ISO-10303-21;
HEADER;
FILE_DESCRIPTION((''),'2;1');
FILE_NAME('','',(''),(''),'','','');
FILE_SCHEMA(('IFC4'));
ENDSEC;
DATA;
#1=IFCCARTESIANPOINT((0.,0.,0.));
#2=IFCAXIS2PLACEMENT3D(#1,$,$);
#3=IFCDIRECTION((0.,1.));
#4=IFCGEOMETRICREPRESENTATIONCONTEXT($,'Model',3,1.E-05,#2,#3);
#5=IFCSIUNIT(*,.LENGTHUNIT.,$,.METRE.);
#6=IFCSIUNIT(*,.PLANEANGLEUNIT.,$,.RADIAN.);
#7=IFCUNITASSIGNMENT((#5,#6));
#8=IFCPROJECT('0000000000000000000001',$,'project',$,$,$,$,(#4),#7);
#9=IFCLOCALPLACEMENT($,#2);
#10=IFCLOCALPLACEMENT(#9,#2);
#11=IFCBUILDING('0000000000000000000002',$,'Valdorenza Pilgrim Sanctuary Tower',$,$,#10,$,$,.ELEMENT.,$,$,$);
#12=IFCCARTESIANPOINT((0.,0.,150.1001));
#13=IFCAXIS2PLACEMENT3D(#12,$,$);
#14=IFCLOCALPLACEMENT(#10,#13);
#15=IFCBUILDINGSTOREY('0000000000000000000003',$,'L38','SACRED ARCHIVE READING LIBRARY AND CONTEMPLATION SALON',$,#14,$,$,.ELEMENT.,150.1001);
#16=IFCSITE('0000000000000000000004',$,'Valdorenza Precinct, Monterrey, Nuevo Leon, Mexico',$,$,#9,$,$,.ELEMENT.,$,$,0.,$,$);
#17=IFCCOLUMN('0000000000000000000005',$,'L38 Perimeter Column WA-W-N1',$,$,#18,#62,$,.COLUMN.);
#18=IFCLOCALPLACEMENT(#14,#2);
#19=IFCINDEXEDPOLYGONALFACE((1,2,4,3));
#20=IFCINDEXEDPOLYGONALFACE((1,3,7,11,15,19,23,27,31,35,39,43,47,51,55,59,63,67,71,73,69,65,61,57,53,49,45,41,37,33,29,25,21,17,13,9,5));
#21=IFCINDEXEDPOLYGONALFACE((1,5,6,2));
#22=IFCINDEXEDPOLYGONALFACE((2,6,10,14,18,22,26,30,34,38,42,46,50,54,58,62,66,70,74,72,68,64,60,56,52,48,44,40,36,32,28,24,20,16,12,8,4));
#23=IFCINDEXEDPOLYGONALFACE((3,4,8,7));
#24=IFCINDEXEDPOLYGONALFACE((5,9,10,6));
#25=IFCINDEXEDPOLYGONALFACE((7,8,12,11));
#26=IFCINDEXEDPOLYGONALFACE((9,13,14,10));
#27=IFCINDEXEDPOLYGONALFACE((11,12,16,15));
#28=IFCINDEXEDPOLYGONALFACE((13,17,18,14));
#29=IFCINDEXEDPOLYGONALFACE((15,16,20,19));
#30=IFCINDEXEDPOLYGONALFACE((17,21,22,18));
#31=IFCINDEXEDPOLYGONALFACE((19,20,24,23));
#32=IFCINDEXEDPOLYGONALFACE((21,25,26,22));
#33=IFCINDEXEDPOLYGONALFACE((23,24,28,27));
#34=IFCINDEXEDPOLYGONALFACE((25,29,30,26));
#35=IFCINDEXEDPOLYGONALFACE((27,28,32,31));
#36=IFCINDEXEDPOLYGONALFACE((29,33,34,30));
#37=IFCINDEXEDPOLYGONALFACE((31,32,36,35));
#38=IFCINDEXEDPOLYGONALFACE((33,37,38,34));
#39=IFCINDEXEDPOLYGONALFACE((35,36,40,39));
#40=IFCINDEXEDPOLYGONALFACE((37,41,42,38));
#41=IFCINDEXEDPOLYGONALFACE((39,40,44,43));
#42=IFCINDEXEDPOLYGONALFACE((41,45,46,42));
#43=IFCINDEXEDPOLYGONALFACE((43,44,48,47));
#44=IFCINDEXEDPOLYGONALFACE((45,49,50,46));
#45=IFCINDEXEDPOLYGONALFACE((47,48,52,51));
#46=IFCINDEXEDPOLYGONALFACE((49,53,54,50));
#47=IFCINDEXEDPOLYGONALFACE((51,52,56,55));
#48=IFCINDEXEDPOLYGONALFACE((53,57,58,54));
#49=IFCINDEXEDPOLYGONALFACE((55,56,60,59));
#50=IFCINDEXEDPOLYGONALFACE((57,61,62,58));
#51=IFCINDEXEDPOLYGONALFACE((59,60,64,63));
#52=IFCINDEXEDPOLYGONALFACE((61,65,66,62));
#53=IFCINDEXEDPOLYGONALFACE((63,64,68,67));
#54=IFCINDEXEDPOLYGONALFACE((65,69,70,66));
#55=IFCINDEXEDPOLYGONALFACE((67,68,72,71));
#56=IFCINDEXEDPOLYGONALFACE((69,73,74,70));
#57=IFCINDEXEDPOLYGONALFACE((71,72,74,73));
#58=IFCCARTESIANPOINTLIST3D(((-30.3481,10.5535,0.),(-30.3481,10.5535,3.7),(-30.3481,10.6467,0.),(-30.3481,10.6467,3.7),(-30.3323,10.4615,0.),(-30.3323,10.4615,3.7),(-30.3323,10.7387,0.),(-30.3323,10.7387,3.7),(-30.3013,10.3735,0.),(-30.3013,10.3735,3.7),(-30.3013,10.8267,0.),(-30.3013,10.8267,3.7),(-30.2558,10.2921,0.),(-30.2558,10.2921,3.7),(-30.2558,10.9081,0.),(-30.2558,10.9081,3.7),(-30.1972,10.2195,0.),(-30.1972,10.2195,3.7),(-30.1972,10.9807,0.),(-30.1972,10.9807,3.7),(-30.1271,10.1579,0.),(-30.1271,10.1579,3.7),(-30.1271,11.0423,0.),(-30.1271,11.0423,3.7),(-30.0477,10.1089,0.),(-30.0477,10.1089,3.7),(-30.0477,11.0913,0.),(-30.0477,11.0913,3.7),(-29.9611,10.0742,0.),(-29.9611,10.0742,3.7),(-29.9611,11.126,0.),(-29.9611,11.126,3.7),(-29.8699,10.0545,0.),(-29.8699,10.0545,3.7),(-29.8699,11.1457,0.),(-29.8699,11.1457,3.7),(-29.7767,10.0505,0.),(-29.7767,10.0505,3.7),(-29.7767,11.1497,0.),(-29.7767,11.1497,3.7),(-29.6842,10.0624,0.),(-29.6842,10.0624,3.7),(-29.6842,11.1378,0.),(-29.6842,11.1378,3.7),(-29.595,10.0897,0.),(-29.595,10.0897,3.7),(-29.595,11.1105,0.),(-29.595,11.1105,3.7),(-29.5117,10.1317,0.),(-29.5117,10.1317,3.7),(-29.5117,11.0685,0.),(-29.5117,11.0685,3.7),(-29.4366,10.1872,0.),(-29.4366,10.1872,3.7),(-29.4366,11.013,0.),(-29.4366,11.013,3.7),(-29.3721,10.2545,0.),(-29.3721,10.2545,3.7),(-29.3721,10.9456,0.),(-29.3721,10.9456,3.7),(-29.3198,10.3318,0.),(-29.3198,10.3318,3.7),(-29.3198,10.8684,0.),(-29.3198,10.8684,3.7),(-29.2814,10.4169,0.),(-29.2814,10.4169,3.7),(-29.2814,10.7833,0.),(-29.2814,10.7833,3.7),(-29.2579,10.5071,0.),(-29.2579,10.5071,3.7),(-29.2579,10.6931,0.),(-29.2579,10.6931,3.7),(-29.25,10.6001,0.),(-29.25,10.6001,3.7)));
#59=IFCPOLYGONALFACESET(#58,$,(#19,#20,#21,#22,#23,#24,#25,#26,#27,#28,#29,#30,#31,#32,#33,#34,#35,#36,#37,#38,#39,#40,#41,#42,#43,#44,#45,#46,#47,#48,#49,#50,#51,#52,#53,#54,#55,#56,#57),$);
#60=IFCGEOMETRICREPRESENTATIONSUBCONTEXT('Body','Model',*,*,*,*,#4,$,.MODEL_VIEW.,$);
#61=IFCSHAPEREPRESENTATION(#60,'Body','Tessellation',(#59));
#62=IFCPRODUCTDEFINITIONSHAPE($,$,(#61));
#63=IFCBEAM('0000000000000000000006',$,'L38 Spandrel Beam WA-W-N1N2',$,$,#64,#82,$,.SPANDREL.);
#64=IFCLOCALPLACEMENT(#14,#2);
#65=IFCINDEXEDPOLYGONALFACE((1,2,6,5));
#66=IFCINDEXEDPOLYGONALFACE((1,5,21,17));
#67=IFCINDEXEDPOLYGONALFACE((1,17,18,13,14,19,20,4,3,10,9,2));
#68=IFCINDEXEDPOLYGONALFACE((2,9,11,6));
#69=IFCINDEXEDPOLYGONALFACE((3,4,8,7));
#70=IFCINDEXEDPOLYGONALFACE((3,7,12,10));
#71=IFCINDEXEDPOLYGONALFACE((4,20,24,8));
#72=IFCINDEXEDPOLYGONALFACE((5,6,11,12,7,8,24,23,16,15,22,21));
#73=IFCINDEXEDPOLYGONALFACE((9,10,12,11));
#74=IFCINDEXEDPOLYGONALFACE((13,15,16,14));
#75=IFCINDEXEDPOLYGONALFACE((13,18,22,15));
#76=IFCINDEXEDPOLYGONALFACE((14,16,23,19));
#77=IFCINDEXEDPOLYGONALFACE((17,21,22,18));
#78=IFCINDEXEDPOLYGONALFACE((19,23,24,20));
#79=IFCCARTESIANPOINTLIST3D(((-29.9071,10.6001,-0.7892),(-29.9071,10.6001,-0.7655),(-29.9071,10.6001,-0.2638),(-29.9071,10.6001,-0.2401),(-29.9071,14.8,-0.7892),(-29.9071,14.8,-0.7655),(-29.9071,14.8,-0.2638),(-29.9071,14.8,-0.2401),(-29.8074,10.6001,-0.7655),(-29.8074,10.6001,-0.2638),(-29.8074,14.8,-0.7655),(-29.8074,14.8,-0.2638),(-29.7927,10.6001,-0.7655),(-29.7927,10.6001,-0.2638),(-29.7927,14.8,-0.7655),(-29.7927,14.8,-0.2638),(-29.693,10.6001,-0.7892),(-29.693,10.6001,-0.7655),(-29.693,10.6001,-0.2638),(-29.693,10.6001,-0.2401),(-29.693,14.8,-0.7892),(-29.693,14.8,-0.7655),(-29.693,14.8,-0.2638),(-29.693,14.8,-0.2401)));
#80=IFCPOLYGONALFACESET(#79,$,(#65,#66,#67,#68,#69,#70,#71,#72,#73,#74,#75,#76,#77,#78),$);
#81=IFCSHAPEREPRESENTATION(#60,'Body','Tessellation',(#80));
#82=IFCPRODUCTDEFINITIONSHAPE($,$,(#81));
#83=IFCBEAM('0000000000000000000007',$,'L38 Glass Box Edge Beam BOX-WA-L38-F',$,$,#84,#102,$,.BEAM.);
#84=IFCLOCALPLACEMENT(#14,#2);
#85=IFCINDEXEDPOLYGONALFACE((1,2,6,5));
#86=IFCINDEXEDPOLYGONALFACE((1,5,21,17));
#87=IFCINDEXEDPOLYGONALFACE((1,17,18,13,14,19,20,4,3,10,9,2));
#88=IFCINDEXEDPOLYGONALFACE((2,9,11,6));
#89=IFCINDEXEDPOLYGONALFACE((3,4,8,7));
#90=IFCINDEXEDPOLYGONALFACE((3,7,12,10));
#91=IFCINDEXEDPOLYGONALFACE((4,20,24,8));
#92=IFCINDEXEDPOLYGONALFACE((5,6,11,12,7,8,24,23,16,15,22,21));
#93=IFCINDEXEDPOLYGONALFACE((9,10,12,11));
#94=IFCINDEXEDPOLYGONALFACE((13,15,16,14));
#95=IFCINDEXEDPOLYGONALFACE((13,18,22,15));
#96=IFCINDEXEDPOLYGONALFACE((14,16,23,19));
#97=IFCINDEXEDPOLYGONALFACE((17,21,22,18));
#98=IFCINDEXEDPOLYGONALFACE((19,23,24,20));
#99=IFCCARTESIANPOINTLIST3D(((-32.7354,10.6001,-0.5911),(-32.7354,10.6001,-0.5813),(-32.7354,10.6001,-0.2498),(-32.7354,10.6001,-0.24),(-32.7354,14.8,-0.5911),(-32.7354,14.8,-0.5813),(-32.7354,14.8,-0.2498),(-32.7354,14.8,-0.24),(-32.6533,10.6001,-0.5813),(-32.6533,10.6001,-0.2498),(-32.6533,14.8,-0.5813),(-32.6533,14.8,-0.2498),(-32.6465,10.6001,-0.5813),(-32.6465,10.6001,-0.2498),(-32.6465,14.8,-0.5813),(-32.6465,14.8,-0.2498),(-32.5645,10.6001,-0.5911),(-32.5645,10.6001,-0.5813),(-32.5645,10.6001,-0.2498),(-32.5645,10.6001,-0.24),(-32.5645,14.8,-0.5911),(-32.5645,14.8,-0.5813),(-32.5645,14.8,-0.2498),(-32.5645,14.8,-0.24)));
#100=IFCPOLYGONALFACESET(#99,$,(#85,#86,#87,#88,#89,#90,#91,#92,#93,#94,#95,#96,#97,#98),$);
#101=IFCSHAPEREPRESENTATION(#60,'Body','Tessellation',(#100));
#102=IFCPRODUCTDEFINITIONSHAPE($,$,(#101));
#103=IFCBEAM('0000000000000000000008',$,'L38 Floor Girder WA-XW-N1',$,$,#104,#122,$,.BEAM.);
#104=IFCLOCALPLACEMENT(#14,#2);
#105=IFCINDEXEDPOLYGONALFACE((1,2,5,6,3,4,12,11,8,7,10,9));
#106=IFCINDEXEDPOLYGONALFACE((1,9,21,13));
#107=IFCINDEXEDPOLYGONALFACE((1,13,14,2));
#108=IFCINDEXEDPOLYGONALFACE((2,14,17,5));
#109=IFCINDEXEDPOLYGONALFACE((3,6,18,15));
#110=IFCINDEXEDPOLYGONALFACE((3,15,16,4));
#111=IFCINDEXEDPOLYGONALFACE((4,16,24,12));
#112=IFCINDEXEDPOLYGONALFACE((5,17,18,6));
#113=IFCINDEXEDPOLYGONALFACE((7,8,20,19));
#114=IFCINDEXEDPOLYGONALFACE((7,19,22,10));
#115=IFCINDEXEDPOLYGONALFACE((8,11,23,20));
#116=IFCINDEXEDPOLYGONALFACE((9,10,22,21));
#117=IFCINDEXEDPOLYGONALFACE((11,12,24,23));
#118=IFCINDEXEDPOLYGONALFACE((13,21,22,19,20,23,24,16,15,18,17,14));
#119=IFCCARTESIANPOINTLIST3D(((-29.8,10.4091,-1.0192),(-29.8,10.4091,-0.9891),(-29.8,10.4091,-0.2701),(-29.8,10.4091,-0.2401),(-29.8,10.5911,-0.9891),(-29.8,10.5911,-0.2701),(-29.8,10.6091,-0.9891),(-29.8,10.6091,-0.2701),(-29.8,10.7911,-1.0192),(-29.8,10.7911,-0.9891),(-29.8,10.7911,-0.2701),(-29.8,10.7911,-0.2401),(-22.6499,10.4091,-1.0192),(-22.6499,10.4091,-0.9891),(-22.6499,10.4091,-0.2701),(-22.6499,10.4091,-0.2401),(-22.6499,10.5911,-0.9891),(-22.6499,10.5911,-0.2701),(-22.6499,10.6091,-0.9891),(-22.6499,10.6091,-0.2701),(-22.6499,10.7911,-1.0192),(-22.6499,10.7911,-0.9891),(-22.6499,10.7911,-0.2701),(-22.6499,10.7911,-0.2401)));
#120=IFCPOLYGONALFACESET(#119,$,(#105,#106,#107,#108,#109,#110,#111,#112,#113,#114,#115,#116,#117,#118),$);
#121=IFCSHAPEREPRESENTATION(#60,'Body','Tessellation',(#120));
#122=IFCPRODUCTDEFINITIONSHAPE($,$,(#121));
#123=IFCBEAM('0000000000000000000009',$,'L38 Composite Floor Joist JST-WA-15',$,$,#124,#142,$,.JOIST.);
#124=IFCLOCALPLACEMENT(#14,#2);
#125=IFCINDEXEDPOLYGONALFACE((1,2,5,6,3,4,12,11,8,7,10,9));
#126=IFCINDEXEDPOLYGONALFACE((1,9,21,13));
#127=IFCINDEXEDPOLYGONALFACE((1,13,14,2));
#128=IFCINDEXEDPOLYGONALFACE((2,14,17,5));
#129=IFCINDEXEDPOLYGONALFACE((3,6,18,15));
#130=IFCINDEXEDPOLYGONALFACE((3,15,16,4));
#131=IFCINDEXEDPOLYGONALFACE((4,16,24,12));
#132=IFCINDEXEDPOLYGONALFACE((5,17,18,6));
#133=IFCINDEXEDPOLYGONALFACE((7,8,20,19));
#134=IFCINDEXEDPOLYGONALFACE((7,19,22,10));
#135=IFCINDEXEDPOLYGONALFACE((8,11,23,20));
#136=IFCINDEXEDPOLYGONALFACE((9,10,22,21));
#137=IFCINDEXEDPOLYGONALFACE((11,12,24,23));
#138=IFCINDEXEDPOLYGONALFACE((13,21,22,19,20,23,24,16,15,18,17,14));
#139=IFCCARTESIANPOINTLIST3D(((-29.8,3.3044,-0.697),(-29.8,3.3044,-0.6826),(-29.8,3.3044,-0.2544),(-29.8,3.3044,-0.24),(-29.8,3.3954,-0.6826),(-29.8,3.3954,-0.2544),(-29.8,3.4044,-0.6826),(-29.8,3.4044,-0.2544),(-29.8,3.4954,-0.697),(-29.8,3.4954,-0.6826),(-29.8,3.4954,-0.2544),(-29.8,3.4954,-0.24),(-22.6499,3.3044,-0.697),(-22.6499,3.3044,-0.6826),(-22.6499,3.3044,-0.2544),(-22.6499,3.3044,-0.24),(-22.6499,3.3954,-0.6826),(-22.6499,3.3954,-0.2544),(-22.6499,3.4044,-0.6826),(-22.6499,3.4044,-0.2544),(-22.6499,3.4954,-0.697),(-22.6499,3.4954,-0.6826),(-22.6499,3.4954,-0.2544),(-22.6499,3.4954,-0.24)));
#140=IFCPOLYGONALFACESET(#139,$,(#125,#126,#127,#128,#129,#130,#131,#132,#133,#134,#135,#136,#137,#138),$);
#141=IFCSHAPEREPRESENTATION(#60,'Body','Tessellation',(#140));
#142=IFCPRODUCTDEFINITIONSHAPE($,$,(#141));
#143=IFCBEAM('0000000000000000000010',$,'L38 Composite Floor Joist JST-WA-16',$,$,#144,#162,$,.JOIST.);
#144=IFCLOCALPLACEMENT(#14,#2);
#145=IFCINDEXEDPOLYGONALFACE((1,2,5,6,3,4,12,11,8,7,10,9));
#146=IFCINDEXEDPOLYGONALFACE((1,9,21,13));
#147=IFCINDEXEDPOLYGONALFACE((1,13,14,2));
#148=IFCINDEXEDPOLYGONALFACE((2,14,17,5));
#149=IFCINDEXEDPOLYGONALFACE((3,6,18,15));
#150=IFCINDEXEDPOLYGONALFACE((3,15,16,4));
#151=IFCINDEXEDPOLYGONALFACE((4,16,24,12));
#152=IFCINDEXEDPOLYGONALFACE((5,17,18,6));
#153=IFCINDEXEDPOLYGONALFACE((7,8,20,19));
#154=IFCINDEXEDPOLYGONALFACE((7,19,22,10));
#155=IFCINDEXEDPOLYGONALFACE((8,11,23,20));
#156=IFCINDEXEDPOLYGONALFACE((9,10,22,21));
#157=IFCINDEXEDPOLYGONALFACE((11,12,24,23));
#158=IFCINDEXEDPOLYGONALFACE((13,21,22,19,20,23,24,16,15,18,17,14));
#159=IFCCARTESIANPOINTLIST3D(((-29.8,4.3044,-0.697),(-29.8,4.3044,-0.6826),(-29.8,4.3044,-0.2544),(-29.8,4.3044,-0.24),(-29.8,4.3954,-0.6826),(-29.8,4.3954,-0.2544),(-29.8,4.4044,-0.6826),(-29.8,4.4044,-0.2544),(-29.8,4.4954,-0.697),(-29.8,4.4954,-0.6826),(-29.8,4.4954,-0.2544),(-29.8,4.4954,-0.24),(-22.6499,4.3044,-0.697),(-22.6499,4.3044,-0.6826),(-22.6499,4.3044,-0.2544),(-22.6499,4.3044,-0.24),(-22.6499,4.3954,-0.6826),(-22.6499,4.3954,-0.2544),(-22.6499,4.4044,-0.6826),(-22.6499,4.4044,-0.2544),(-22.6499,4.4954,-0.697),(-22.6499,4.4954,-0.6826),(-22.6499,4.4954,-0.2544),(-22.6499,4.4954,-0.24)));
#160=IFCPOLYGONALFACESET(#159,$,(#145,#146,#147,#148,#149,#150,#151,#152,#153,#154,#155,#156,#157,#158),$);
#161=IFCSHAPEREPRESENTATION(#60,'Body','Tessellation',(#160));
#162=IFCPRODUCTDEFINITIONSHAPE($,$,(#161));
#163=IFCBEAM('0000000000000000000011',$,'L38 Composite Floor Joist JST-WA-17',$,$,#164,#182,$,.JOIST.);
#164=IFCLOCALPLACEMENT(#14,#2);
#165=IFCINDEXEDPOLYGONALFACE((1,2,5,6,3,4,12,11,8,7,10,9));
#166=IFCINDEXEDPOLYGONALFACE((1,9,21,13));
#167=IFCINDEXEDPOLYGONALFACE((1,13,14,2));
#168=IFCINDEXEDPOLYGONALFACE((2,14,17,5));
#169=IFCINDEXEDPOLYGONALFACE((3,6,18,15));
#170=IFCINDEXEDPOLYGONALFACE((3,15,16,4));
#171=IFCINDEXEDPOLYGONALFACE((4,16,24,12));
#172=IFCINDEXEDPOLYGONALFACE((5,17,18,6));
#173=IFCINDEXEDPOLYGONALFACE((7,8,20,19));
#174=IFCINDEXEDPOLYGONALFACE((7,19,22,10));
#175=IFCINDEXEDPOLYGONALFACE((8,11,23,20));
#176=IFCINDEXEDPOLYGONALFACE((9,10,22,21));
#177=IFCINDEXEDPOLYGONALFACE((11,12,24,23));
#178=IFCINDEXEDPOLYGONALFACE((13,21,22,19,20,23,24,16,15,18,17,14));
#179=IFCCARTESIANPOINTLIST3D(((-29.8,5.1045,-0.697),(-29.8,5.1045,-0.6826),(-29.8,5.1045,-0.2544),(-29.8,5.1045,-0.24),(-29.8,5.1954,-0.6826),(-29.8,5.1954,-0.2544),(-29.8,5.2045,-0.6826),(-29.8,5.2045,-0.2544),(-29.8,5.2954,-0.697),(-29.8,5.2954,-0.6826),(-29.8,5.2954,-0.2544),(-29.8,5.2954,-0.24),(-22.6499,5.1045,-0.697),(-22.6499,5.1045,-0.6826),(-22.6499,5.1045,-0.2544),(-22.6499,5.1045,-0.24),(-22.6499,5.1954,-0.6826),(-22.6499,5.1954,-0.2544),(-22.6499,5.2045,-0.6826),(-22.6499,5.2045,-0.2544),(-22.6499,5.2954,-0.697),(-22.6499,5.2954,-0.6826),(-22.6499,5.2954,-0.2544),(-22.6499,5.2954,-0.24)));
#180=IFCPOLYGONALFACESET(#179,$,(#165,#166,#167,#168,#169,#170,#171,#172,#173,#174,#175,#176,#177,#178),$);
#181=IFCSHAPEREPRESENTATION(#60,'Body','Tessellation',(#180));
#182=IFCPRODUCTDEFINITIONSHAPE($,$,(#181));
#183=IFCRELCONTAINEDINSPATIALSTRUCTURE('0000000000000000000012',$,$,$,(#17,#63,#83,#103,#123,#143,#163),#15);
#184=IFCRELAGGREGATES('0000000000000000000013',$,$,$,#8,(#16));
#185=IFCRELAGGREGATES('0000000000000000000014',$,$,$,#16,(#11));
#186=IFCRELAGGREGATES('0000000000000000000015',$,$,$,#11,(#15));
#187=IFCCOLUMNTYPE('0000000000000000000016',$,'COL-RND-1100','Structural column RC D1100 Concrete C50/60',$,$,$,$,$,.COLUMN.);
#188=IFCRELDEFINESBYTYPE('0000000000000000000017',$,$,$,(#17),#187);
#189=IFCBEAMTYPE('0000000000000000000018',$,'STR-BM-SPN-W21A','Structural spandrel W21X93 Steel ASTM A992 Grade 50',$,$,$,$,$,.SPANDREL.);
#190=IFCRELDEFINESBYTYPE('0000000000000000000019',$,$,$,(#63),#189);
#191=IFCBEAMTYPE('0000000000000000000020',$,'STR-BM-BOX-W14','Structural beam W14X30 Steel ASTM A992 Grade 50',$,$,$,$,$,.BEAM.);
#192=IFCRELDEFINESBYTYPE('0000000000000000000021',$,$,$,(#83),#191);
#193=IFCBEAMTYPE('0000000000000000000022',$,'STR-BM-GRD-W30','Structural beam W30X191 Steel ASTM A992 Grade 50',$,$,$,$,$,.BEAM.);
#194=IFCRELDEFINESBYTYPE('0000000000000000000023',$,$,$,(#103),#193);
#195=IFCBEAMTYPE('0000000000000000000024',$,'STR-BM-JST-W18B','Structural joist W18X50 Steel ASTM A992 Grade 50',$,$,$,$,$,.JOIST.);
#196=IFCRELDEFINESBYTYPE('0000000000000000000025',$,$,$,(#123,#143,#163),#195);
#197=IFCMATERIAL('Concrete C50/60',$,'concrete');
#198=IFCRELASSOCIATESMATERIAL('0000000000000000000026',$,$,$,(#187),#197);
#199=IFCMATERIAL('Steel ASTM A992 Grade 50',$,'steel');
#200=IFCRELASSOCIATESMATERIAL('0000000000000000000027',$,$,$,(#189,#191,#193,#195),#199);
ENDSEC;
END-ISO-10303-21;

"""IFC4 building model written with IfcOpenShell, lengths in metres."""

from ifc_helpers import new_model, si_unit, direction, frame, origin, origin_2d, place, context, subcontext, project, spatial, circle, i_section, extrude, source, transform, mapped, material, material_profile, profile_set, type_object, element, save


model = new_model("IFC4")

# Units and contexts
model_context = context("Model", 3, precision=1e-05, world=origin(), true_north=direction((0.0, 1.0)))
body_context = subcontext(model_context, "Body", "Model", "MODEL_VIEW")
ifc_project = project(units=[si_unit("LENGTHUNIT", "METRE"), si_unit("PLANEANGLEUNIT", "RADIAN")], contexts=[model_context])

# Site, building, storey
site_placement = place(None, origin())
site = spatial("IfcSite", under=ifc_project, at=site_placement, Name="Valdorenza Precinct, Monterrey, Nuevo Leon, Mexico", CompositionType="ELEMENT", RefElevation=0.0)
building_placement = place(site_placement, origin())
building = spatial("IfcBuilding", under=site, at=building_placement, Name="Valdorenza Pilgrim Sanctuary Tower", CompositionType="ELEMENT")
storey_placement = place(building_placement, frame((0.0, 0.0, 150.1001)))
storey = spatial("IfcBuildingStorey", under=building, at=storey_placement, Name="L38", Description="SACRED ARCHIVE READING LIBRARY AND CONTEMPLATION SALON", CompositionType="ELEMENT", Elevation=150.1001)

# Column
ifc_material_1 = material(Name="Concrete C50/60", Category="concrete")
ifc_material_profile_1 = material_profile(ifc_material_1, circle(Radius=0.55, at=origin_2d()), Name="RC D1100")
ifc_profile_set_1 = profile_set([ifc_material_profile_1], Name="Concrete C50/60")
column_type = type_object("IfcColumnType", Name="COL-RND-1100", Description="Structural column RC D1100 Concrete C50/60", PredefinedType="COLUMN", material=ifc_profile_set_1)
shared_shape_1 = source(origin(), body_context, "Body", "SweptSolid", [
    extrude(circle(Radius=0.55, at=origin_2d()), origin(), (0.0, 0.0, 1.0), 3.7),
])
column_placement = place(storey_placement, frame((-29.8, 10.6001, 0.0), z_axis=(0.0, 0.0, 1.0), x_axis=(1.0, 0.0, 0.0)))
element("IfcColumn", 1, at=column_placement, inside=storey, type_object=column_type, Name="L38 Perimeter Column WA-W-N1", PredefinedType="COLUMN", context=body_context, shape_type="MappedRepresentation", body=[
    mapped(shared_shape_1, transform((0.0, 0.0, 0.0), x_axis=(1.0, 0.0, 0.0), y_axis=(0.0, 1.0, 0.0), z_axis=(0.0, 0.0, 1.0), scale=1.0)),
])

# Beams
ifc_material_2 = material(Name="Steel ASTM A992 Grade 50", Category="steel")
ifc_material_profile_2 = material_profile(ifc_material_2, i_section(OverallWidth=0.2141, OverallDepth=0.5491, WebThickness=0.0146, FlangeThickness=0.0237, at=origin_2d()), Name="W21X93")
ifc_profile_set_2 = profile_set([ifc_material_profile_2], Name="Steel ASTM A992 Grade 50")
beam_type_1 = type_object("IfcBeamType", Name="STR-BM-SPN-W21A", Description="Structural spandrel W21X93 Steel ASTM A992 Grade 50", PredefinedType="SPANDREL", material=ifc_profile_set_2)
shared_shape_2 = source(origin(), body_context, "Body", "SweptSolid", [
    extrude(i_section(OverallWidth=0.2141, OverallDepth=0.5491, WebThickness=0.0146, FlangeThickness=0.0237, at=origin_2d()), origin(), (0.0, 0.0, 1.0), 4.2),
])
beam_1_placement = place(storey_placement, frame((-29.8, 10.6001, -0.5146), z_axis=(0.0, 1.0, 0.0), x_axis=(-1.0, 0.0, 0.0)))
element("IfcBeam", 2, at=beam_1_placement, inside=storey, type_object=beam_type_1, Name="L38 Spandrel Beam WA-W-N1N2", PredefinedType="SPANDREL", context=body_context, shape_type="MappedRepresentation", body=[
    mapped(shared_shape_2, transform((0.0, 0.0, 0.0), x_axis=(1.0, 0.0, 0.0), y_axis=(0.0, 1.0, 0.0), z_axis=(0.0, 0.0, 1.0), scale=1.0)),
])
ifc_material_profile_3 = material_profile(ifc_material_2, i_section(OverallWidth=0.1709, OverallDepth=0.3511, WebThickness=0.0068, FlangeThickness=0.0098, at=origin_2d()), Name="W14X30")
ifc_profile_set_3 = profile_set([ifc_material_profile_3], Name="Steel ASTM A992 Grade 50")
beam_type_2 = type_object("IfcBeamType", Name="STR-BM-BOX-W14", Description="Structural beam W14X30 Steel ASTM A992 Grade 50", PredefinedType="BEAM", material=ifc_profile_set_3)
shared_shape_3 = source(origin(), body_context, "Body", "SweptSolid", [
    extrude(i_section(OverallWidth=0.1709, OverallDepth=0.3511, WebThickness=0.0068, FlangeThickness=0.0098, at=origin_2d()), origin(), (0.0, 0.0, 1.0), 4.2),
])
beam_2_placement = place(storey_placement, frame((-32.6499, 10.6001, -0.4155), z_axis=(0.0, 1.0, 0.0), x_axis=(-1.0, 0.0, 0.0)))
element("IfcBeam", 3, at=beam_2_placement, inside=storey, type_object=beam_type_2, Name="L38 Glass Box Edge Beam BOX-WA-L38-F", PredefinedType="BEAM", context=body_context, shape_type="MappedRepresentation", body=[
    mapped(shared_shape_3, transform((0.0, 0.0, 0.0), x_axis=(1.0, 0.0, 0.0), y_axis=(0.0, 1.0, 0.0), z_axis=(0.0, 0.0, 1.0), scale=1.0)),
])
ifc_material_profile_4 = material_profile(ifc_material_2, i_section(OverallWidth=0.3821, OverallDepth=0.7791, WebThickness=0.0181, FlangeThickness=0.03, at=origin_2d()), Name="W30X191")
ifc_profile_set_4 = profile_set([ifc_material_profile_4], Name="Steel ASTM A992 Grade 50")
beam_type_3 = type_object("IfcBeamType", Name="STR-BM-GRD-W30", Description="Structural beam W30X191 Steel ASTM A992 Grade 50", PredefinedType="BEAM", material=ifc_profile_set_4)
shared_shape_4 = source(origin(), body_context, "Body", "SweptSolid", [
    extrude(i_section(OverallWidth=0.3821, OverallDepth=0.7791, WebThickness=0.0181, FlangeThickness=0.03, at=origin_2d()), origin(), (0.0, 0.0, 1.0), 7.1501),
])
beam_3_placement = place(storey_placement, frame((-29.8, 10.6001, -0.6296), z_axis=(1.0, 0.0, 0.0), x_axis=(0.0, 1.0, 0.0)))
element("IfcBeam", 4, at=beam_3_placement, inside=storey, type_object=beam_type_3, Name="L38 Floor Girder WA-XW-N1", PredefinedType="BEAM", context=body_context, shape_type="MappedRepresentation", body=[
    mapped(shared_shape_4, transform((0.0, 0.0, 0.0), x_axis=(1.0, 0.0, 0.0), y_axis=(0.0, 1.0, 0.0), z_axis=(0.0, 0.0, 1.0), scale=1.0)),
])
ifc_material_profile_5 = material_profile(ifc_material_2, i_section(OverallWidth=0.1909, OverallDepth=0.457, WebThickness=0.009, FlangeThickness=0.0144, at=origin_2d()), Name="W18X50")
ifc_profile_set_5 = profile_set([ifc_material_profile_5], Name="Steel ASTM A992 Grade 50")
beam_type_4 = type_object("IfcBeamType", Name="STR-BM-JST-W18B", Description="Structural joist W18X50 Steel ASTM A992 Grade 50", PredefinedType="JOIST", material=ifc_profile_set_5)
shared_shape_5 = source(origin(), body_context, "Body", "SweptSolid", [
    extrude(i_section(OverallWidth=0.1909, OverallDepth=0.457, WebThickness=0.009, FlangeThickness=0.0144, at=origin_2d()), origin(), (0.0, 0.0, 1.0), 7.1501),
])
for number, where, z_axis, x_axis, name in (
    (5, (-29.8, 3.3999, -0.4685), (1.0, 0.0, 0.0), (0.0, 1.0, 0.0), "L38 Composite Floor Joist JST-WA-15"),
    (6, (-29.8, 4.3999, -0.4685), (1.0, 0.0, 0.0), (0.0, 1.0, 0.0), "L38 Composite Floor Joist JST-WA-16"),
    (7, (-29.8, 5.2, -0.4685), (1.0, 0.0, 0.0), (0.0, 1.0, 0.0), "L38 Composite Floor Joist JST-WA-17"),
):
    element("IfcBeam", number, at=place(storey_placement, frame(where, z_axis=z_axis, x_axis=x_axis)), inside=storey, type_object=beam_type_4, Name=name, PredefinedType="JOIST", context=body_context, shape_type="MappedRepresentation", body=[
        mapped(shared_shape_5, transform((0.0, 0.0, 0.0), x_axis=(1.0, 0.0, 0.0), y_axis=(0.0, 1.0, 0.0), z_axis=(0.0, 0.0, 1.0), scale=1.0)),
    ])

save(model, "model.ifc")
